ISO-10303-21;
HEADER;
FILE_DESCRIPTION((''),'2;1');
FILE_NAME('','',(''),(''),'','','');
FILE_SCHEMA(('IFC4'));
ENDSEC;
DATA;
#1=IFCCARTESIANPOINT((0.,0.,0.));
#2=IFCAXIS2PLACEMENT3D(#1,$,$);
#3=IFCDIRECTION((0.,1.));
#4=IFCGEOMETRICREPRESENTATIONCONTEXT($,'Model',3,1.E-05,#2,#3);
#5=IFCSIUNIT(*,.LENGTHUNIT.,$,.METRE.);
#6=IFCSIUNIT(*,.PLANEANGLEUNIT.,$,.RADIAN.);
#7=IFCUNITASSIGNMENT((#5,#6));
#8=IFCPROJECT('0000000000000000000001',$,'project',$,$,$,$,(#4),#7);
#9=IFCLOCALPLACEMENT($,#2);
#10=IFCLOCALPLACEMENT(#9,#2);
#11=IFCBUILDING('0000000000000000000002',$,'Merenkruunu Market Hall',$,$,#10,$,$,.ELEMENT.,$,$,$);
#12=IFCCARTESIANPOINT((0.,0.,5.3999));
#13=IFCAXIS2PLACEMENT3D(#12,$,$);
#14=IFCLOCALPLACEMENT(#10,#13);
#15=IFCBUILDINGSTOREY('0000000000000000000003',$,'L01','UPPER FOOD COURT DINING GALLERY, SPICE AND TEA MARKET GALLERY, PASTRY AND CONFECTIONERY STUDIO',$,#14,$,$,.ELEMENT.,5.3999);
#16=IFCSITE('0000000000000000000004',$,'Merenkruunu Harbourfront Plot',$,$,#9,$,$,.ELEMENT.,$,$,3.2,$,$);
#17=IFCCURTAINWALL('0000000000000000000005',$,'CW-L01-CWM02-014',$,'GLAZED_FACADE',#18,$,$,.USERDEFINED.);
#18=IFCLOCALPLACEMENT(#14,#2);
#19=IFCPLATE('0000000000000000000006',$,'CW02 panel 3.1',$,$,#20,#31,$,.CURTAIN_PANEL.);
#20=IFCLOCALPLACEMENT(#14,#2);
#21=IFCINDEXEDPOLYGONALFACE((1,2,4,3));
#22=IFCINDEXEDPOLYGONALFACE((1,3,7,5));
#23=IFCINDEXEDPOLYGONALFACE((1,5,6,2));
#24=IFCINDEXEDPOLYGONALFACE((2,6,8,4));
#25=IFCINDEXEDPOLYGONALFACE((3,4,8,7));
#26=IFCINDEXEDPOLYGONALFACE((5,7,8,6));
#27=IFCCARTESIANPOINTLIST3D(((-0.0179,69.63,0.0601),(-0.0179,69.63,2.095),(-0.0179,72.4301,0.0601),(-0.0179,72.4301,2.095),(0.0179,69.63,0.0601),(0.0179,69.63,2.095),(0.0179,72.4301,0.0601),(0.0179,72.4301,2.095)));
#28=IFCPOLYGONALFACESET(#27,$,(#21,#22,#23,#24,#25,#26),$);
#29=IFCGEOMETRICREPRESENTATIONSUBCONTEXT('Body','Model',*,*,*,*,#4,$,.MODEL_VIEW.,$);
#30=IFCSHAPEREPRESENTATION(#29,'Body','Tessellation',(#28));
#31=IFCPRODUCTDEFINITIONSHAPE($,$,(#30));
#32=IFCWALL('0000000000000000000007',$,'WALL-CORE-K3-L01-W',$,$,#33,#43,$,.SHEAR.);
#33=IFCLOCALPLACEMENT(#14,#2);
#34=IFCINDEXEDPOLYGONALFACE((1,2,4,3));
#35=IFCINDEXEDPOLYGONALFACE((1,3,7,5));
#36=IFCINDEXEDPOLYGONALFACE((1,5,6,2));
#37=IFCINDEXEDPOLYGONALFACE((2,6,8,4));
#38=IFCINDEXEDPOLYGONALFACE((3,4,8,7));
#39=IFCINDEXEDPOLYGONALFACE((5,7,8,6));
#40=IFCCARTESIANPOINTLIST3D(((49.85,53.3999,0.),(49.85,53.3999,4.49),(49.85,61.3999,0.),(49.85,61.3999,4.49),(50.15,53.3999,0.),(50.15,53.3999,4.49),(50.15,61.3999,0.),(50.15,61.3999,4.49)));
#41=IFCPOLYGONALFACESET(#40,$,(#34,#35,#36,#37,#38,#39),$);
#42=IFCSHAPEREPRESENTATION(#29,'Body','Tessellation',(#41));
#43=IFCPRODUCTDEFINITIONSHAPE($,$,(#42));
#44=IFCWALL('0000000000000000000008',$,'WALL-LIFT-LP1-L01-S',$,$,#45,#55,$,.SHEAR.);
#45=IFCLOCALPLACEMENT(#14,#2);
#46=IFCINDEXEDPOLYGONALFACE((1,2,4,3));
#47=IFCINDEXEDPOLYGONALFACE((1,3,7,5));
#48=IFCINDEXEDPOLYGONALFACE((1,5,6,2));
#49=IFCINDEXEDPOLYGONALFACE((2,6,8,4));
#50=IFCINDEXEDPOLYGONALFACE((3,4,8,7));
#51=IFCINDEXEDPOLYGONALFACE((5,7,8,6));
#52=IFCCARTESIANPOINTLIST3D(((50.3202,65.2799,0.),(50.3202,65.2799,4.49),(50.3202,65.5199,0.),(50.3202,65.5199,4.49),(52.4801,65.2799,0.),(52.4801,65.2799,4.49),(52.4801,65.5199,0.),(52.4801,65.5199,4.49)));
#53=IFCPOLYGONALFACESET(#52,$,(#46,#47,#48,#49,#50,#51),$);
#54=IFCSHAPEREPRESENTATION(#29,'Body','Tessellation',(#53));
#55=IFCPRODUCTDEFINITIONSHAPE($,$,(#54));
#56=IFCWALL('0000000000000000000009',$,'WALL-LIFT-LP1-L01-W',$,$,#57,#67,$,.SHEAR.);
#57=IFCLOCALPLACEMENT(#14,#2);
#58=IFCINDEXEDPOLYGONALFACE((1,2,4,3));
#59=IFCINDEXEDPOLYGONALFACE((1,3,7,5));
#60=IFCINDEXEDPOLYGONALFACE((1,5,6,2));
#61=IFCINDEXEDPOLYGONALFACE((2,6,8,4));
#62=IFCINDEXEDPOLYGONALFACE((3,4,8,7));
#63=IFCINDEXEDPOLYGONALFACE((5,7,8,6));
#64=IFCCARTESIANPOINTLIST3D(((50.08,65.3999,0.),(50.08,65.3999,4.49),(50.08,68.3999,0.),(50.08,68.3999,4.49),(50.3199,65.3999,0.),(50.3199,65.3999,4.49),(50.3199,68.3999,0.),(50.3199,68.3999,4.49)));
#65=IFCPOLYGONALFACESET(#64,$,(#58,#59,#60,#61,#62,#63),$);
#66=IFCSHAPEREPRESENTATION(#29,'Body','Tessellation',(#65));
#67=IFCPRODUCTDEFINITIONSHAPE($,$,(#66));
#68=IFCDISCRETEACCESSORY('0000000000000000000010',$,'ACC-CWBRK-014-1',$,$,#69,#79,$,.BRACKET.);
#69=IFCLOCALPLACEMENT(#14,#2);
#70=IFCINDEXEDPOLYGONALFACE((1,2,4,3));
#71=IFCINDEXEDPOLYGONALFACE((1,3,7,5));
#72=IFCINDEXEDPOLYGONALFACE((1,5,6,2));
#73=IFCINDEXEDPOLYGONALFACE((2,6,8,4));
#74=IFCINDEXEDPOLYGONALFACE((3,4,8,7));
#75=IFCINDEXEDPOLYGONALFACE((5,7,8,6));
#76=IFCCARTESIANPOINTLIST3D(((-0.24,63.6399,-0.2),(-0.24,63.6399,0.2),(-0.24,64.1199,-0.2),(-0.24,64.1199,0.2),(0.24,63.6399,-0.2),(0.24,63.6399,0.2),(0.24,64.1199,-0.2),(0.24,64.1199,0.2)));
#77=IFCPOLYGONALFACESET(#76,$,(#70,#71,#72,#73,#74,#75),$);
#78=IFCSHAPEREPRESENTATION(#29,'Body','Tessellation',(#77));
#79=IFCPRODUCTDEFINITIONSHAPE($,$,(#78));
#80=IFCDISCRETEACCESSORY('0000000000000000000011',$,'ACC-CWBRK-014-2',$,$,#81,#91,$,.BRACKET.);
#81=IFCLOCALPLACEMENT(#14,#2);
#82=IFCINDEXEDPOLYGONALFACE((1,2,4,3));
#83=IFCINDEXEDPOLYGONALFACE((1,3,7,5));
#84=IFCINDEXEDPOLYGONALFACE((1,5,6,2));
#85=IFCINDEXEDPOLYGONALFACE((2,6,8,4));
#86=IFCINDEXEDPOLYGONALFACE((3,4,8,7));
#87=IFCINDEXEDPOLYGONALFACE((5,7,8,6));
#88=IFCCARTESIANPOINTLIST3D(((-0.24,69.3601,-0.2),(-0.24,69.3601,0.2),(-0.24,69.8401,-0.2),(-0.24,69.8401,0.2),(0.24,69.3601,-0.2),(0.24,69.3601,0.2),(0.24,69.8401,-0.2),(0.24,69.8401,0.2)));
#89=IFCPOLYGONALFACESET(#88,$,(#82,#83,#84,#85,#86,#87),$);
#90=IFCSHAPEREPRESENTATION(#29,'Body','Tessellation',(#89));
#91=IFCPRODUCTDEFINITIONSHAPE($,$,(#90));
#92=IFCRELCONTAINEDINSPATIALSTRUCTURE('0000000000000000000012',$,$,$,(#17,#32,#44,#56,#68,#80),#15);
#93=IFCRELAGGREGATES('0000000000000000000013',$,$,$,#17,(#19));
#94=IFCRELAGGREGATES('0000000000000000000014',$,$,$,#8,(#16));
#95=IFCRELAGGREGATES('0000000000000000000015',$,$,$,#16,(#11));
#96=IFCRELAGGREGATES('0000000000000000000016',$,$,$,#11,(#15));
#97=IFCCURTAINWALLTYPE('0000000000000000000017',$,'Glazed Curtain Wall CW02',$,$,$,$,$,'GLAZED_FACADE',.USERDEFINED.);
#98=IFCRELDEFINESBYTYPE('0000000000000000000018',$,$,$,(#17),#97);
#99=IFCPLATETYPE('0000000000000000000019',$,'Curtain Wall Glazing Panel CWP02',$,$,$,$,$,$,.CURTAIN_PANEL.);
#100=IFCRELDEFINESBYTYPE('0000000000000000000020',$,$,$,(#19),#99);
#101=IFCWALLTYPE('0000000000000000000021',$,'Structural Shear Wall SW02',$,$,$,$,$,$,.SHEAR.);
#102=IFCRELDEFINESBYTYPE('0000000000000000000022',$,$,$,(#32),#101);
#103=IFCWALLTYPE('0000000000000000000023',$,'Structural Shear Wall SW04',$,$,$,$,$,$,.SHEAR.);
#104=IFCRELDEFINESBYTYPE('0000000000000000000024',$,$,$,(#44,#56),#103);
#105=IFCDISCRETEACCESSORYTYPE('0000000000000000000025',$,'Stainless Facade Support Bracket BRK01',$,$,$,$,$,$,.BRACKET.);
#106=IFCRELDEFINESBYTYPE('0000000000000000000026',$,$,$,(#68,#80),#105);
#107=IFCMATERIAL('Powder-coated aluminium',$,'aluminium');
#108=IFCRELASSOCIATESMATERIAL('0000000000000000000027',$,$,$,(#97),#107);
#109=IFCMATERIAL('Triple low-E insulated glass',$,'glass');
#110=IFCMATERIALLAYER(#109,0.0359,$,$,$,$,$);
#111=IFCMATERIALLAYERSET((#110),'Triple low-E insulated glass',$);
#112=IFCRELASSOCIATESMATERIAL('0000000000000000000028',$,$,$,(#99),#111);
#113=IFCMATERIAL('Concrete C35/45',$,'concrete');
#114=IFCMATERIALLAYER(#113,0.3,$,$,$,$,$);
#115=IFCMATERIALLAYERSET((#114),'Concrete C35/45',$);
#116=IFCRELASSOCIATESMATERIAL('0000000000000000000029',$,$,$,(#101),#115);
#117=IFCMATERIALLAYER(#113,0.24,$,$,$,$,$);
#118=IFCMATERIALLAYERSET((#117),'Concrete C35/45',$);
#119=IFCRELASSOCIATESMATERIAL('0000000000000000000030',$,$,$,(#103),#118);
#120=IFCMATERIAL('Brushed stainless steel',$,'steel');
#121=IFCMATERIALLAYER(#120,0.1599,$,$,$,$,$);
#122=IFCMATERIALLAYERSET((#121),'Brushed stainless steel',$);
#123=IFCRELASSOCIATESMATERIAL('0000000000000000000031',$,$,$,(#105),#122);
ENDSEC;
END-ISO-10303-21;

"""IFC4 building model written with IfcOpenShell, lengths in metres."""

from ifc_helpers import new_model, si_unit, direction, frame, frame_2d, origin, origin_2d, place, context, subcontext, project, spatial, rectangle, extrude, material, layer, layer_set, type_object, element, aggregate, save


model = new_model("IFC4")

# Units and contexts
model_context = context("Model", 3, precision=1e-05, world=origin(), true_north=direction((0.0, 1.0)))
body_context = subcontext(model_context, "Body", "Model", "MODEL_VIEW")
ifc_project = project(units=[si_unit("LENGTHUNIT", "METRE"), si_unit("PLANEANGLEUNIT", "RADIAN")], contexts=[model_context])

# Site, building, storey
site_placement = place(None, origin())
site = spatial("IfcSite", under=ifc_project, at=site_placement, Name="Merenkruunu Harbourfront Plot", CompositionType="ELEMENT", RefElevation=3.2)
building_placement = place(site_placement, origin())
building = spatial("IfcBuilding", under=site, at=building_placement, Name="Merenkruunu Market Hall", CompositionType="ELEMENT")
storey_placement = place(building_placement, frame((0.0, 0.0, 5.3999)))
storey = spatial("IfcBuildingStorey", under=building, at=storey_placement, Name="L01", Description="UPPER FOOD COURT DINING GALLERY, SPICE AND TEA MARKET GALLERY, PASTRY AND CONFECTIONERY STUDIO", CompositionType="ELEMENT", Elevation=5.3999)

# Curtain wall
ifc_material_1 = material(Name="Powder-coated aluminium", Category="aluminium")
curtain_wall_type = type_object("IfcCurtainWallType", Name="Glazed Curtain Wall CW02", ElementType="GLAZED_FACADE", PredefinedType="USERDEFINED", material=ifc_material_1)
curtain_wall_placement = place(storey_placement, origin())
curtain_wall = element("IfcCurtainWall", 1, at=curtain_wall_placement, inside=storey, type_object=curtain_wall_type, Name="CW-L01-CWM02-014", ObjectType="GLAZED_FACADE", PredefinedType="USERDEFINED")

# Plate
ifc_material_2 = material(Name="Triple low-E insulated glass", Category="glass")
ifc_layer_1 = layer(ifc_material_2, 0.0359)
ifc_layer_set_1 = layer_set([ifc_layer_1], Name="Triple low-E insulated glass")
plate_type = type_object("IfcPlateType", Name="Curtain Wall Glazing Panel CWP02", PredefinedType="CURTAIN_PANEL", material=ifc_layer_set_1)
plate_1_placement = place(storey_placement, frame((0.0, 71.03, 0.0601), z_axis=(0.0, 0.0, 1.0), x_axis=(0.0, 1.0, 0.0)))
plate_1 = element("IfcPlate", 2, at=plate_1_placement, type_object=plate_type, Name="CW02 panel 3.1", PredefinedType="CURTAIN_PANEL", context=body_context, shape_type="SweptSolid", body=[
    extrude(rectangle(XDim=2.8, YDim=0.0359, at=origin_2d()), origin(), (0.0, 0.0, 1.0), 2.0349),
])
aggregate(curtain_wall, [plate_1])

# Walls
ifc_material_3 = material(Name="Concrete C35/45", Category="concrete")
ifc_layer_2 = layer(ifc_material_3, 0.3)
ifc_layer_set_2 = layer_set([ifc_layer_2], Name="Concrete C35/45")
wall_type_1 = type_object("IfcWallType", Name="Structural Shear Wall SW02", PredefinedType="SHEAR", material=ifc_layer_set_2)
wall_1_placement = place(storey_placement, frame((50.0, 61.3999, 0.0), z_axis=(0.0, 0.0, 1.0), x_axis=(0.0, -1.0, 0.0)))
element("IfcWall", 3, at=wall_1_placement, inside=storey, type_object=wall_type_1, Name="WALL-CORE-K3-L01-W", PredefinedType="SHEAR", context=body_context, shape_type="SweptSolid", body=[
    extrude(rectangle(XDim=8.0, YDim=0.3, at=frame_2d((4.0, 0.0))), origin(), (0.0, 0.0, 1.0), 4.49),
])
ifc_layer_3 = layer(ifc_material_3, 0.24)
ifc_layer_set_3 = layer_set([ifc_layer_3], Name="Concrete C35/45")
wall_type_2 = type_object("IfcWallType", Name="Structural Shear Wall SW04", PredefinedType="SHEAR", material=ifc_layer_set_3)
wall_2_placement = place(storey_placement, frame((50.3201, 65.3999, 0.0), z_axis=(0.0, 0.0, 1.0), x_axis=(1.0, 0.0, 0.0)))
element("IfcWall", 4, at=wall_2_placement, inside=storey, type_object=wall_type_2, Name="WALL-LIFT-LP1-L01-S", PredefinedType="SHEAR", context=body_context, shape_type="SweptSolid", body=[
    extrude(rectangle(XDim=2.1599, YDim=0.24, at=frame_2d((1.0801, 0.0))), origin(), (0.0, 0.0, 1.0), 4.49),
])
wall_3_placement = place(storey_placement, frame((50.2, 68.3999, 0.0), z_axis=(0.0, 0.0, 1.0), x_axis=(0.0, -1.0, 0.0)))
element("IfcWall", 5, at=wall_3_placement, inside=storey, type_object=wall_type_2, Name="WALL-LIFT-LP1-L01-W", PredefinedType="SHEAR", context=body_context, shape_type="SweptSolid", body=[
    extrude(rectangle(XDim=3.0, YDim=0.24, at=frame_2d((1.5, 0.0))), origin(), (0.0, 0.0, 1.0), 4.49),
])

# Shared definitions
ifc_material_4 = material(Name="Brushed stainless steel", Category="steel")

# Discrete accessories
ifc_layer_4 = layer(ifc_material_4, 0.1599)
ifc_layer_set_4 = layer_set([ifc_layer_4], Name="Brushed stainless steel")
discrete_accessory_type = type_object("IfcDiscreteAccessoryType", Name="Stainless Facade Support Bracket BRK01", PredefinedType="BRACKET", material=ifc_layer_set_4)
for number, where, z_axis, x_axis, name in (
    (6, (0.0, 63.8799, -0.2), (0.0, 0.0, 1.0), (1.0, 0.0, 0.0), "ACC-CWBRK-014-1"),
    (7, (0.0, 69.6001, -0.2), (0.0, 0.0, 1.0), (1.0, 0.0, 0.0), "ACC-CWBRK-014-2"),
):
    element("IfcDiscreteAccessory", number, at=place(storey_placement, frame(where, z_axis=z_axis, x_axis=x_axis)), inside=storey, type_object=discrete_accessory_type, Name=name, PredefinedType="BRACKET", context=body_context, shape_type="SweptSolid", body=[
        extrude(rectangle(XDim=0.48, YDim=0.48, at=origin_2d()), origin(), (0.0, 0.0, 1.0), 0.3999),
    ])

save(model, "model.ifc")
